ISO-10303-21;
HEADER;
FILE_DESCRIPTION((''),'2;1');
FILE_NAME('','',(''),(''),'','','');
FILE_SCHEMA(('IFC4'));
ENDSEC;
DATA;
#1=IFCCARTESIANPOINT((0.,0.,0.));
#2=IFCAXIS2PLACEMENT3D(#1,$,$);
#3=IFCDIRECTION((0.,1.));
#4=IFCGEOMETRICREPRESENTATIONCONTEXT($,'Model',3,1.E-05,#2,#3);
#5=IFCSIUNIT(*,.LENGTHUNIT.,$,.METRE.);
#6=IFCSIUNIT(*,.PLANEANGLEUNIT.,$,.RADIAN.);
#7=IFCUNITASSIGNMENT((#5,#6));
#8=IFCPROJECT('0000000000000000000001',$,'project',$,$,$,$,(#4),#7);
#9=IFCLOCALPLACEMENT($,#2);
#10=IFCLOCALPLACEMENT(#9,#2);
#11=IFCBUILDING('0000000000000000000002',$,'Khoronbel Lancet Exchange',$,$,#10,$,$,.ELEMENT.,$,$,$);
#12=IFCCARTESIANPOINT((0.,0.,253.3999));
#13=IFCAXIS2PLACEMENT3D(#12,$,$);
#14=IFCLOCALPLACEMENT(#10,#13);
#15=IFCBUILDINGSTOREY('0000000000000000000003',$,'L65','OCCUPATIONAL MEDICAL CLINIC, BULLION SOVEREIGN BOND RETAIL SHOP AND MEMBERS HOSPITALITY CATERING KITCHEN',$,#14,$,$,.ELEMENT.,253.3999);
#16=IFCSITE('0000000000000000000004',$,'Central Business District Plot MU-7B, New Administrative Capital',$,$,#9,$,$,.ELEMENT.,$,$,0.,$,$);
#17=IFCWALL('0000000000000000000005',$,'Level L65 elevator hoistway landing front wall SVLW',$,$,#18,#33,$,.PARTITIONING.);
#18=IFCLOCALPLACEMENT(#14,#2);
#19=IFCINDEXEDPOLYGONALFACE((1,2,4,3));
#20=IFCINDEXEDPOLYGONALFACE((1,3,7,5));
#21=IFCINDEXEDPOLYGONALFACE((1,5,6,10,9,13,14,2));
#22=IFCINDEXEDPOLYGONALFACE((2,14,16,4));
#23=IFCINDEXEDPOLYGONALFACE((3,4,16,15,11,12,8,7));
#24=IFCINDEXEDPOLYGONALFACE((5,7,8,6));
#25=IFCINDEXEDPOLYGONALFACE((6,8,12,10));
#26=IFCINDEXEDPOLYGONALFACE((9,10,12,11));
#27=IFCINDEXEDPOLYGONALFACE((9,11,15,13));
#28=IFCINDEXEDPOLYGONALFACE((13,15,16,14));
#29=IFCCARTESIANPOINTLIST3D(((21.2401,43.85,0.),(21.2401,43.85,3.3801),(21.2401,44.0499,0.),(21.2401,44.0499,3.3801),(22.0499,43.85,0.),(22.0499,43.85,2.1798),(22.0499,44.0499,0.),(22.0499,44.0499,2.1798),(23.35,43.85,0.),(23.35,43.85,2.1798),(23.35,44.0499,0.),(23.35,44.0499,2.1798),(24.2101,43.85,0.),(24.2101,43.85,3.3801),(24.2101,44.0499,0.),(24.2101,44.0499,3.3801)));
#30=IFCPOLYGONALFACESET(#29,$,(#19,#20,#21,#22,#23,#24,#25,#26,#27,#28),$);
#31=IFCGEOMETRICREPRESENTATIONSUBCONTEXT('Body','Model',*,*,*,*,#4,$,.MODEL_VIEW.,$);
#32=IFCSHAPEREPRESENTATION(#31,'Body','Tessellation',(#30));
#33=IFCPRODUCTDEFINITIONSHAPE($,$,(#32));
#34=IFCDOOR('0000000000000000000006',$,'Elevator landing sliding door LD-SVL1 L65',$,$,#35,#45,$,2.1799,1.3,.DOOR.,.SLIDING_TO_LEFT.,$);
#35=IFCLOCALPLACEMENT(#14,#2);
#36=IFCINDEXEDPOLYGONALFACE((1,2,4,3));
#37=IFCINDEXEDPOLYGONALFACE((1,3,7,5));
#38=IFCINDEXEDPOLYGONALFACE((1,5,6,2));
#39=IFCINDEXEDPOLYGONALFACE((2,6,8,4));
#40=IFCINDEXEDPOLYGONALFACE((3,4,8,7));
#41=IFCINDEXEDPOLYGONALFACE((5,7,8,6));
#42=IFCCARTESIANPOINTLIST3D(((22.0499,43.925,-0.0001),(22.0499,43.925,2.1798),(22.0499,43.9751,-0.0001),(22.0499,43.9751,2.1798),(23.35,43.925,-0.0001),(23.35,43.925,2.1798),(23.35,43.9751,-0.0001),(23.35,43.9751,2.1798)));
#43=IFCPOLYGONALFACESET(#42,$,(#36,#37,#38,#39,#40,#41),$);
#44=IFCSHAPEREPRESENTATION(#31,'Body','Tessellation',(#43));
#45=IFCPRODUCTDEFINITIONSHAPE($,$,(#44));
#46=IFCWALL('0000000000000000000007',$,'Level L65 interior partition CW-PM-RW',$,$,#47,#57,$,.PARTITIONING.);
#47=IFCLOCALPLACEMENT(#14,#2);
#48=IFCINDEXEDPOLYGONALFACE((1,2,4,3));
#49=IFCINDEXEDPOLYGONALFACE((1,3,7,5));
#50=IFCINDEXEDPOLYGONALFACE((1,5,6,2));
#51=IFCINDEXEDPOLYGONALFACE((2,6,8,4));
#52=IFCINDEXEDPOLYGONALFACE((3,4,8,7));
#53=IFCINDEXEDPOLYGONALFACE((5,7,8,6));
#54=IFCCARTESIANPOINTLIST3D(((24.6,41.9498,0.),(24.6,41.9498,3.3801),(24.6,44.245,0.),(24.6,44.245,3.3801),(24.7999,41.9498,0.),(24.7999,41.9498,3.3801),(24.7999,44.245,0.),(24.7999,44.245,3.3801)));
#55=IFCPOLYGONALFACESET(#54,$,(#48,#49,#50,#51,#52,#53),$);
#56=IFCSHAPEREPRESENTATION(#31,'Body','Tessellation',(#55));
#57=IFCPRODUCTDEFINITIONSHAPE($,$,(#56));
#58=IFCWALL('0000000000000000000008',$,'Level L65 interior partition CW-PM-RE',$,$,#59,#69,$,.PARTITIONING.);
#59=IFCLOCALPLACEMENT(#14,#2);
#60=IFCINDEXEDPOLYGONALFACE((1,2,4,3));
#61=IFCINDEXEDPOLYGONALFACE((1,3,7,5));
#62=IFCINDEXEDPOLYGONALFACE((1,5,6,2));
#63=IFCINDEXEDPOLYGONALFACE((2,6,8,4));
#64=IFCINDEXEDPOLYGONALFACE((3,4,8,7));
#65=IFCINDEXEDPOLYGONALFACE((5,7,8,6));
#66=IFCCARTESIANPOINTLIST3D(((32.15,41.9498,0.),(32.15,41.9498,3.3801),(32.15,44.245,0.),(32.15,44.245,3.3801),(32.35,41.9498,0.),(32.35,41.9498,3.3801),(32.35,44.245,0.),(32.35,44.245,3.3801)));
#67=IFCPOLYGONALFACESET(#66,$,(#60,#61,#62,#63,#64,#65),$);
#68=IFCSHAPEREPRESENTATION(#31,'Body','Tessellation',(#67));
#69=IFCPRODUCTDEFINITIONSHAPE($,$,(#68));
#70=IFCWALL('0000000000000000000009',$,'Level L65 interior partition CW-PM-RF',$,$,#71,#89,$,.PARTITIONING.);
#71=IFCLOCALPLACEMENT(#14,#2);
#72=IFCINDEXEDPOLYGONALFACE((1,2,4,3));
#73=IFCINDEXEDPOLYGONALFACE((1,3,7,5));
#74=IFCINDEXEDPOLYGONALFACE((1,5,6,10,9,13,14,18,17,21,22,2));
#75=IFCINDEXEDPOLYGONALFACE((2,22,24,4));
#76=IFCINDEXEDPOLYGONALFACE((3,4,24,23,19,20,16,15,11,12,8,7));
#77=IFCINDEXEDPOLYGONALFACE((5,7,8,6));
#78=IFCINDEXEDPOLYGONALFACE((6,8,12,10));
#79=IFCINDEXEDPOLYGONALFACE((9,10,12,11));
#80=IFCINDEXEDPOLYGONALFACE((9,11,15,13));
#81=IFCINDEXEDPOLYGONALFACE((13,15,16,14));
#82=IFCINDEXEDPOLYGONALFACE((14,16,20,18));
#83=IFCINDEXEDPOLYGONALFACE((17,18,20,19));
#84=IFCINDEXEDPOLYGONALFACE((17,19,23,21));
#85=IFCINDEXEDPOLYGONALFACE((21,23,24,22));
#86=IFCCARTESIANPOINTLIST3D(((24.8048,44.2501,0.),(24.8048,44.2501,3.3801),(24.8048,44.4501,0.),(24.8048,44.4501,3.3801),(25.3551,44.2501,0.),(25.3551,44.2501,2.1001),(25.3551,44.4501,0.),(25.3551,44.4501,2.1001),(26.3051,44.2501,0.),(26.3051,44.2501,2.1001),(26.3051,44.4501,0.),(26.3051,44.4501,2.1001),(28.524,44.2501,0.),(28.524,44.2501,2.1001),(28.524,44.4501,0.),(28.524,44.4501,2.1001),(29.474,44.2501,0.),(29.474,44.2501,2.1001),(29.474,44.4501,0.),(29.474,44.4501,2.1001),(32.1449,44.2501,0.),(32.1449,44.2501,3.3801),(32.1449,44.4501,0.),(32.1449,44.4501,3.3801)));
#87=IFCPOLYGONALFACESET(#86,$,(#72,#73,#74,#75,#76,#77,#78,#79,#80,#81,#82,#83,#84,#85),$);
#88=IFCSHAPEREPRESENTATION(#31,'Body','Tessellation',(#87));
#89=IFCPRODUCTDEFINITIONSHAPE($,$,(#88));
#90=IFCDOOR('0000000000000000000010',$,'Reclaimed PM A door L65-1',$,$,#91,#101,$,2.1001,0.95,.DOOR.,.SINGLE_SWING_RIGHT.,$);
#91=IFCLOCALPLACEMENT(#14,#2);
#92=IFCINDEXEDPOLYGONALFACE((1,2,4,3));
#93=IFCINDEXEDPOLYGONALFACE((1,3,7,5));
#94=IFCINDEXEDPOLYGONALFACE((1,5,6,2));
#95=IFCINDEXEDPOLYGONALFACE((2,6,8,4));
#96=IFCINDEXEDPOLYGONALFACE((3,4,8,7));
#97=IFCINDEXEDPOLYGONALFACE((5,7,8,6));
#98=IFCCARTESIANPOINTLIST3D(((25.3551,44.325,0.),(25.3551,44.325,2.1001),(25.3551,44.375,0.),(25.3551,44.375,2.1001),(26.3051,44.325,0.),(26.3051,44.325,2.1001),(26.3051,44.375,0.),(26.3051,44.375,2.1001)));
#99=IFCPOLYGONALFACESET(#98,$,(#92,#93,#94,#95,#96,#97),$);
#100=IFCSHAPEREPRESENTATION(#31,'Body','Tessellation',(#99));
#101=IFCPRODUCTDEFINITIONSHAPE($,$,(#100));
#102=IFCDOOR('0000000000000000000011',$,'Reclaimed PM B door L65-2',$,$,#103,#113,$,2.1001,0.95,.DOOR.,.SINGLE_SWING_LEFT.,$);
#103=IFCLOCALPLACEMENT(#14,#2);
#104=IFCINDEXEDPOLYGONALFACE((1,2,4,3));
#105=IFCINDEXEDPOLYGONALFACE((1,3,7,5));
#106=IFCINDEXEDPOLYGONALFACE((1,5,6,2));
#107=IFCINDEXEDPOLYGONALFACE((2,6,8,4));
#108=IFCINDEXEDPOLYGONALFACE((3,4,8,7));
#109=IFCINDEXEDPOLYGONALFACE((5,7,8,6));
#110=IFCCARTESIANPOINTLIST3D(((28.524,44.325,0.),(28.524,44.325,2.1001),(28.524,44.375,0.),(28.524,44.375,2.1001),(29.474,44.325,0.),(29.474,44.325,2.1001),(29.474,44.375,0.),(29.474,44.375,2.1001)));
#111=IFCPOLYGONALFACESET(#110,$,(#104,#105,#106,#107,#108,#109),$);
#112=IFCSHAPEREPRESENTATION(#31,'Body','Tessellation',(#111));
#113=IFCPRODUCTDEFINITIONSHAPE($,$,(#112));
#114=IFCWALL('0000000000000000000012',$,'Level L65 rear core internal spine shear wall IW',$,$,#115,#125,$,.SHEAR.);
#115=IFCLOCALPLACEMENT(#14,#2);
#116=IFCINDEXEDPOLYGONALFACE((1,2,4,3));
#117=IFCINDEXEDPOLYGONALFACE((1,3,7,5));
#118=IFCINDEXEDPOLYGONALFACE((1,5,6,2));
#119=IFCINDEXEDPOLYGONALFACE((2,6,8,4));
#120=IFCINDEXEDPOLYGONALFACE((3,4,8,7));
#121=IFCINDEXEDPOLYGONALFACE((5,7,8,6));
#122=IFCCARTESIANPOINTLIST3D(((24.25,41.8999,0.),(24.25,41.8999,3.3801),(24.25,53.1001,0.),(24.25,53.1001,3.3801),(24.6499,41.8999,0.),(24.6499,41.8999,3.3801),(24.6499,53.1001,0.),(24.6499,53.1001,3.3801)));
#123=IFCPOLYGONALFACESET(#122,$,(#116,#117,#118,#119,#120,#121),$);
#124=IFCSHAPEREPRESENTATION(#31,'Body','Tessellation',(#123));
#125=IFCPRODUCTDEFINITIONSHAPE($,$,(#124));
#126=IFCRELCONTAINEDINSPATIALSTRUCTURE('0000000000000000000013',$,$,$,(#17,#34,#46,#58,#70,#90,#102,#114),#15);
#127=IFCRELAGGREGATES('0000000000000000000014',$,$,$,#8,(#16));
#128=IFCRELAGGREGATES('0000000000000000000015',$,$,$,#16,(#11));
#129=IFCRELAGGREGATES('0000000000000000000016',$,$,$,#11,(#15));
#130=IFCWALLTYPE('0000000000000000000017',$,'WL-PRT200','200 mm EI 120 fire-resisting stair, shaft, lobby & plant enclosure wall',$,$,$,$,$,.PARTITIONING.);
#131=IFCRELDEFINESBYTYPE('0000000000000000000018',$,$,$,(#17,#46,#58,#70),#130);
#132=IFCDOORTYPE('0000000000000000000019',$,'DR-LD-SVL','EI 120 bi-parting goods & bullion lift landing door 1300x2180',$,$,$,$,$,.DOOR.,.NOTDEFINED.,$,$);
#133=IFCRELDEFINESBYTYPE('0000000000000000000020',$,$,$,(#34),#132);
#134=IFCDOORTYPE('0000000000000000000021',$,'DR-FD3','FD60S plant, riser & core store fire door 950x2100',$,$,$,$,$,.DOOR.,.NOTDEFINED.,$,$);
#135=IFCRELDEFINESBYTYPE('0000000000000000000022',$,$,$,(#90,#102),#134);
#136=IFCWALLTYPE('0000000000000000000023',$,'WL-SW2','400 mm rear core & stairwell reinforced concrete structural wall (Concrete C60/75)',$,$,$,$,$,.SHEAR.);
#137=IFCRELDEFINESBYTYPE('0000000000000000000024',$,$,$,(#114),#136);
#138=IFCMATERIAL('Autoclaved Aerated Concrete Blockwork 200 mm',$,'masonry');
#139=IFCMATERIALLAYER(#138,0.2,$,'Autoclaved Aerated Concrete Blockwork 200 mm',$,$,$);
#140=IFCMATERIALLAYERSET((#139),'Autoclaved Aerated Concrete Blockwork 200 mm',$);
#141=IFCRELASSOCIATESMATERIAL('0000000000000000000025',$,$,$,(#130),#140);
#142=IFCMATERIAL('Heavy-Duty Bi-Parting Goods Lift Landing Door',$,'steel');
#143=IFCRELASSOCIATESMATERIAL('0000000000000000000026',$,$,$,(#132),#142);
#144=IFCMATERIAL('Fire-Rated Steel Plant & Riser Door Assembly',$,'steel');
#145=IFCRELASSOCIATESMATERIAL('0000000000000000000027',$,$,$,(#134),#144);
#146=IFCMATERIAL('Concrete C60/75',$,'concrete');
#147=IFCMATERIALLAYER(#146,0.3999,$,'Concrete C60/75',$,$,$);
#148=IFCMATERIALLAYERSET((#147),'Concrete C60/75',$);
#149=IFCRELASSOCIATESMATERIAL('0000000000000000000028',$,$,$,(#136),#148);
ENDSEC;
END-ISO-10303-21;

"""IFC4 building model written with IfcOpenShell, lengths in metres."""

from ifc_helpers import new_model, si_unit, direction, frame, frame_2d, origin, place, context, subcontext, project, spatial, rectangle, extrude, material, layer, layer_set, type_object, element, fill, save


model = new_model("IFC4")

# Units and contexts
model_context = context("Model", 3, precision=1e-05, world=origin(), true_north=direction((0.0, 1.0)))
body_context = subcontext(model_context, "Body", "Model", "MODEL_VIEW")
ifc_project = project(units=[si_unit("LENGTHUNIT", "METRE"), si_unit("PLANEANGLEUNIT", "RADIAN")], contexts=[model_context])

# Site, building, storey
site_placement = place(None, origin())
site = spatial("IfcSite", under=ifc_project, at=site_placement, Name="Central Business District Plot MU-7B, New Administrative Capital", CompositionType="ELEMENT", RefElevation=0.0)
building_placement = place(site_placement, origin())
building = spatial("IfcBuilding", under=site, at=building_placement, Name="Khoronbel Lancet Exchange", CompositionType="ELEMENT")
storey_placement = place(building_placement, frame((0.0, 0.0, 253.3999)))
storey = spatial("IfcBuildingStorey", under=building, at=storey_placement, Name="L65", Description="OCCUPATIONAL MEDICAL CLINIC, BULLION SOVEREIGN BOND RETAIL SHOP AND MEMBERS HOSPITALITY CATERING KITCHEN", CompositionType="ELEMENT", Elevation=253.3999)

# Shared definitions
ifc_material_1 = material(Name="Concrete C60/75", Category="concrete")

# Wall, opening, door
ifc_material_2 = material(Name="Autoclaved Aerated Concrete Blockwork 200 mm", Category="masonry")
ifc_layer_1 = layer(ifc_material_2, 0.2, Name="Autoclaved Aerated Concrete Blockwork 200 mm")
ifc_layer_set_1 = layer_set([ifc_layer_1], Name="Autoclaved Aerated Concrete Blockwork 200 mm")
wall_type_1 = type_object("IfcWallType", Name="WL-PRT200", Description="200 mm EI 120 fire-resisting stair, shaft, lobby & plant enclosure wall", PredefinedType="PARTITIONING", material=ifc_layer_set_1)
wall_1_placement = place(storey_placement, frame((24.21, 43.95, 0.0), z_axis=(0.0, 0.0, 1.0), x_axis=(-1.0, 0.0, 0.0)))
wall_1 = element("IfcWall", 1, at=wall_1_placement, inside=storey, type_object=wall_type_1, Name="Level L65 elevator hoistway landing front wall SVLW", PredefinedType="PARTITIONING", context=body_context, shape_type="SweptSolid", body=[
    extrude(rectangle(XDim=2.97, YDim=0.2, at=frame_2d((1.4849, 0.0))), origin(), (0.0, 0.0, 1.0), 3.3801),
])
opening_1_placement = place(wall_1_placement, frame((0.8601, 0.0, 0.0)))
opening_1 = element("IfcOpeningElement", 2, at=opening_1_placement, cuts=wall_1, PredefinedType="OPENING", context=body_context, shape_type="SweptSolid", body=[
    extrude(rectangle(XDim=1.3, YDim=2.1799, at=frame_2d((0.6499, 1.0898))), frame((0.0, 0.1099, 0.0), z_axis=(0.0, -1.0, 0.0), x_axis=(1.0, 0.0, 0.0)), (0.0, 0.0, 1.0), 0.22),
])
ifc_material_3 = material(Name="Heavy-Duty Bi-Parting Goods Lift Landing Door", Category="steel")
door_type_1 = type_object("IfcDoorType", Name="DR-LD-SVL", Description="EI 120 bi-parting goods & bullion lift landing door 1300x2180", OperationType="NOTDEFINED", PredefinedType="DOOR", material=ifc_material_3)
door_1_placement = place(opening_1_placement, origin())
door_1 = element("IfcDoor", 3, at=door_1_placement, inside=storey, type_object=door_type_1, Name="Elevator landing sliding door LD-SVL1 L65", OperationType="SLIDING_TO_LEFT", OverallHeight=2.1799, OverallWidth=1.3, PredefinedType="DOOR", context=body_context, shape_type="SweptSolid", body=[
    extrude(rectangle(XDim=1.3, YDim=2.1799, at=frame_2d((0.6499, 1.0898))), frame((0.0, 0.0249, 0.0), z_axis=(0.0, -1.0, 0.0), x_axis=(1.0, 0.0, 0.0)), (0.0, 0.0, 1.0), 0.05),
])
fill(opening_1, door_1)

# Walls
for number, where, z_axis, x_axis, name in (
    (4, (24.7, 41.95, 0.0), (0.0, 0.0, 1.0), (0.0, 1.0, 0.0), "Level L65 interior partition CW-PM-RW"),
    (5, (32.25, 41.95, 0.0), (0.0, 0.0, 1.0), (0.0, 1.0, 0.0), "Level L65 interior partition CW-PM-RE"),
):
    element("IfcWall", number, at=place(storey_placement, frame(where, z_axis=z_axis, x_axis=x_axis)), inside=storey, type_object=wall_type_1, Name=name, PredefinedType="PARTITIONING", context=body_context, shape_type="SweptSolid", body=[
        extrude(rectangle(XDim=2.2952, YDim=0.2, at=frame_2d((1.1475, 0.0))), origin(), (0.0, 0.0, 1.0), 3.3801),
    ])

# Wall, openings, doors
wall_2_placement = place(storey_placement, frame((24.8049, 44.3501, 0.0), z_axis=(0.0, 0.0, 1.0), x_axis=(1.0, 0.0, 0.0)))
wall_2 = element("IfcWall", 6, at=wall_2_placement, inside=storey, type_object=wall_type_1, Name="Level L65 interior partition CW-PM-RF", PredefinedType="PARTITIONING", context=body_context, shape_type="SweptSolid", body=[
    extrude(rectangle(XDim=7.3401, YDim=0.2, at=frame_2d((3.6699, 0.0))), origin(), (0.0, 0.0, 1.0), 3.3801),
])
opening_2_placement = place(wall_2_placement, frame((0.55, 0.0, 0.0)))
opening_2 = element("IfcOpeningElement", 7, at=opening_2_placement, cuts=wall_2, PredefinedType="OPENING", context=body_context, shape_type="SweptSolid", body=[
    extrude(rectangle(XDim=0.95, YDim=2.1001, at=frame_2d((0.4751, 1.05))), frame((0.0, 0.1099, 0.0), z_axis=(0.0, -1.0, 0.0), x_axis=(1.0, 0.0, 0.0)), (0.0, 0.0, 1.0), 0.22),
])
opening_3_placement = place(wall_2_placement, frame((3.719, 0.0, 0.0)))
opening_3 = element("IfcOpeningElement", 8, at=opening_3_placement, cuts=wall_2, PredefinedType="OPENING", context=body_context, shape_type="SweptSolid", body=[
    extrude(rectangle(XDim=0.95, YDim=2.1001, at=frame_2d((0.4751, 1.05))), frame((0.0, 0.1099, 0.0), z_axis=(0.0, -1.0, 0.0), x_axis=(1.0, 0.0, 0.0)), (0.0, 0.0, 1.0), 0.22),
])
ifc_material_4 = material(Name="Fire-Rated Steel Plant & Riser Door Assembly", Category="steel")
door_type_2 = type_object("IfcDoorType", Name="DR-FD3", Description="FD60S plant, riser & core store fire door 950x2100", OperationType="NOTDEFINED", PredefinedType="DOOR", material=ifc_material_4)
door_2_placement = place(opening_2_placement, origin())
door_2 = element("IfcDoor", 9, at=door_2_placement, inside=storey, type_object=door_type_2, Name="Reclaimed PM A door L65-1", OperationType="SINGLE_SWING_RIGHT", OverallHeight=2.1001, OverallWidth=0.95, PredefinedType="DOOR", context=body_context, shape_type="SweptSolid", body=[
    extrude(rectangle(XDim=0.95, YDim=2.1001, at=frame_2d((0.4751, 1.05))), frame((0.0, 0.0249, 0.0), z_axis=(0.0, -1.0, 0.0), x_axis=(1.0, 0.0, 0.0)), (0.0, 0.0, 1.0), 0.05),
])
fill(opening_2, door_2)
door_3_placement = place(opening_3_placement, origin())
door_3 = element("IfcDoor", 10, at=door_3_placement, inside=storey, type_object=door_type_2, Name="Reclaimed PM B door L65-2", OperationType="SINGLE_SWING_LEFT", OverallHeight=2.1001, OverallWidth=0.95, PredefinedType="DOOR", context=body_context, shape_type="SweptSolid", body=[
    extrude(rectangle(XDim=0.95, YDim=2.1001, at=frame_2d((0.4751, 1.05))), frame((0.0, 0.0249, 0.0), z_axis=(0.0, -1.0, 0.0), x_axis=(1.0, 0.0, 0.0)), (0.0, 0.0, 1.0), 0.05),
])
fill(opening_3, door_3)

# Wall
ifc_layer_2 = layer(ifc_material_1, 0.3999, Name="Concrete C60/75")
ifc_layer_set_2 = layer_set([ifc_layer_2], Name="Concrete C60/75")
wall_type_2 = type_object("IfcWallType", Name="WL-SW2", Description="400 mm rear core & stairwell reinforced concrete structural wall (Concrete C60/75)", PredefinedType="SHEAR", material=ifc_layer_set_2)
wall_3_placement = place(storey_placement, frame((24.45, 41.8999, 0.0), z_axis=(0.0, 0.0, 1.0), x_axis=(0.0, 1.0, 0.0)))
element("IfcWall", 11, at=wall_3_placement, inside=storey, type_object=wall_type_2, Name="Level L65 rear core internal spine shear wall IW", PredefinedType="SHEAR", context=body_context, shape_type="SweptSolid", body=[
    extrude(rectangle(XDim=11.2002, YDim=0.3999, at=frame_2d((5.6001, 0.0))), origin(), (0.0, 0.0, 1.0), 3.3801),
])

save(model, "model.ifc")
